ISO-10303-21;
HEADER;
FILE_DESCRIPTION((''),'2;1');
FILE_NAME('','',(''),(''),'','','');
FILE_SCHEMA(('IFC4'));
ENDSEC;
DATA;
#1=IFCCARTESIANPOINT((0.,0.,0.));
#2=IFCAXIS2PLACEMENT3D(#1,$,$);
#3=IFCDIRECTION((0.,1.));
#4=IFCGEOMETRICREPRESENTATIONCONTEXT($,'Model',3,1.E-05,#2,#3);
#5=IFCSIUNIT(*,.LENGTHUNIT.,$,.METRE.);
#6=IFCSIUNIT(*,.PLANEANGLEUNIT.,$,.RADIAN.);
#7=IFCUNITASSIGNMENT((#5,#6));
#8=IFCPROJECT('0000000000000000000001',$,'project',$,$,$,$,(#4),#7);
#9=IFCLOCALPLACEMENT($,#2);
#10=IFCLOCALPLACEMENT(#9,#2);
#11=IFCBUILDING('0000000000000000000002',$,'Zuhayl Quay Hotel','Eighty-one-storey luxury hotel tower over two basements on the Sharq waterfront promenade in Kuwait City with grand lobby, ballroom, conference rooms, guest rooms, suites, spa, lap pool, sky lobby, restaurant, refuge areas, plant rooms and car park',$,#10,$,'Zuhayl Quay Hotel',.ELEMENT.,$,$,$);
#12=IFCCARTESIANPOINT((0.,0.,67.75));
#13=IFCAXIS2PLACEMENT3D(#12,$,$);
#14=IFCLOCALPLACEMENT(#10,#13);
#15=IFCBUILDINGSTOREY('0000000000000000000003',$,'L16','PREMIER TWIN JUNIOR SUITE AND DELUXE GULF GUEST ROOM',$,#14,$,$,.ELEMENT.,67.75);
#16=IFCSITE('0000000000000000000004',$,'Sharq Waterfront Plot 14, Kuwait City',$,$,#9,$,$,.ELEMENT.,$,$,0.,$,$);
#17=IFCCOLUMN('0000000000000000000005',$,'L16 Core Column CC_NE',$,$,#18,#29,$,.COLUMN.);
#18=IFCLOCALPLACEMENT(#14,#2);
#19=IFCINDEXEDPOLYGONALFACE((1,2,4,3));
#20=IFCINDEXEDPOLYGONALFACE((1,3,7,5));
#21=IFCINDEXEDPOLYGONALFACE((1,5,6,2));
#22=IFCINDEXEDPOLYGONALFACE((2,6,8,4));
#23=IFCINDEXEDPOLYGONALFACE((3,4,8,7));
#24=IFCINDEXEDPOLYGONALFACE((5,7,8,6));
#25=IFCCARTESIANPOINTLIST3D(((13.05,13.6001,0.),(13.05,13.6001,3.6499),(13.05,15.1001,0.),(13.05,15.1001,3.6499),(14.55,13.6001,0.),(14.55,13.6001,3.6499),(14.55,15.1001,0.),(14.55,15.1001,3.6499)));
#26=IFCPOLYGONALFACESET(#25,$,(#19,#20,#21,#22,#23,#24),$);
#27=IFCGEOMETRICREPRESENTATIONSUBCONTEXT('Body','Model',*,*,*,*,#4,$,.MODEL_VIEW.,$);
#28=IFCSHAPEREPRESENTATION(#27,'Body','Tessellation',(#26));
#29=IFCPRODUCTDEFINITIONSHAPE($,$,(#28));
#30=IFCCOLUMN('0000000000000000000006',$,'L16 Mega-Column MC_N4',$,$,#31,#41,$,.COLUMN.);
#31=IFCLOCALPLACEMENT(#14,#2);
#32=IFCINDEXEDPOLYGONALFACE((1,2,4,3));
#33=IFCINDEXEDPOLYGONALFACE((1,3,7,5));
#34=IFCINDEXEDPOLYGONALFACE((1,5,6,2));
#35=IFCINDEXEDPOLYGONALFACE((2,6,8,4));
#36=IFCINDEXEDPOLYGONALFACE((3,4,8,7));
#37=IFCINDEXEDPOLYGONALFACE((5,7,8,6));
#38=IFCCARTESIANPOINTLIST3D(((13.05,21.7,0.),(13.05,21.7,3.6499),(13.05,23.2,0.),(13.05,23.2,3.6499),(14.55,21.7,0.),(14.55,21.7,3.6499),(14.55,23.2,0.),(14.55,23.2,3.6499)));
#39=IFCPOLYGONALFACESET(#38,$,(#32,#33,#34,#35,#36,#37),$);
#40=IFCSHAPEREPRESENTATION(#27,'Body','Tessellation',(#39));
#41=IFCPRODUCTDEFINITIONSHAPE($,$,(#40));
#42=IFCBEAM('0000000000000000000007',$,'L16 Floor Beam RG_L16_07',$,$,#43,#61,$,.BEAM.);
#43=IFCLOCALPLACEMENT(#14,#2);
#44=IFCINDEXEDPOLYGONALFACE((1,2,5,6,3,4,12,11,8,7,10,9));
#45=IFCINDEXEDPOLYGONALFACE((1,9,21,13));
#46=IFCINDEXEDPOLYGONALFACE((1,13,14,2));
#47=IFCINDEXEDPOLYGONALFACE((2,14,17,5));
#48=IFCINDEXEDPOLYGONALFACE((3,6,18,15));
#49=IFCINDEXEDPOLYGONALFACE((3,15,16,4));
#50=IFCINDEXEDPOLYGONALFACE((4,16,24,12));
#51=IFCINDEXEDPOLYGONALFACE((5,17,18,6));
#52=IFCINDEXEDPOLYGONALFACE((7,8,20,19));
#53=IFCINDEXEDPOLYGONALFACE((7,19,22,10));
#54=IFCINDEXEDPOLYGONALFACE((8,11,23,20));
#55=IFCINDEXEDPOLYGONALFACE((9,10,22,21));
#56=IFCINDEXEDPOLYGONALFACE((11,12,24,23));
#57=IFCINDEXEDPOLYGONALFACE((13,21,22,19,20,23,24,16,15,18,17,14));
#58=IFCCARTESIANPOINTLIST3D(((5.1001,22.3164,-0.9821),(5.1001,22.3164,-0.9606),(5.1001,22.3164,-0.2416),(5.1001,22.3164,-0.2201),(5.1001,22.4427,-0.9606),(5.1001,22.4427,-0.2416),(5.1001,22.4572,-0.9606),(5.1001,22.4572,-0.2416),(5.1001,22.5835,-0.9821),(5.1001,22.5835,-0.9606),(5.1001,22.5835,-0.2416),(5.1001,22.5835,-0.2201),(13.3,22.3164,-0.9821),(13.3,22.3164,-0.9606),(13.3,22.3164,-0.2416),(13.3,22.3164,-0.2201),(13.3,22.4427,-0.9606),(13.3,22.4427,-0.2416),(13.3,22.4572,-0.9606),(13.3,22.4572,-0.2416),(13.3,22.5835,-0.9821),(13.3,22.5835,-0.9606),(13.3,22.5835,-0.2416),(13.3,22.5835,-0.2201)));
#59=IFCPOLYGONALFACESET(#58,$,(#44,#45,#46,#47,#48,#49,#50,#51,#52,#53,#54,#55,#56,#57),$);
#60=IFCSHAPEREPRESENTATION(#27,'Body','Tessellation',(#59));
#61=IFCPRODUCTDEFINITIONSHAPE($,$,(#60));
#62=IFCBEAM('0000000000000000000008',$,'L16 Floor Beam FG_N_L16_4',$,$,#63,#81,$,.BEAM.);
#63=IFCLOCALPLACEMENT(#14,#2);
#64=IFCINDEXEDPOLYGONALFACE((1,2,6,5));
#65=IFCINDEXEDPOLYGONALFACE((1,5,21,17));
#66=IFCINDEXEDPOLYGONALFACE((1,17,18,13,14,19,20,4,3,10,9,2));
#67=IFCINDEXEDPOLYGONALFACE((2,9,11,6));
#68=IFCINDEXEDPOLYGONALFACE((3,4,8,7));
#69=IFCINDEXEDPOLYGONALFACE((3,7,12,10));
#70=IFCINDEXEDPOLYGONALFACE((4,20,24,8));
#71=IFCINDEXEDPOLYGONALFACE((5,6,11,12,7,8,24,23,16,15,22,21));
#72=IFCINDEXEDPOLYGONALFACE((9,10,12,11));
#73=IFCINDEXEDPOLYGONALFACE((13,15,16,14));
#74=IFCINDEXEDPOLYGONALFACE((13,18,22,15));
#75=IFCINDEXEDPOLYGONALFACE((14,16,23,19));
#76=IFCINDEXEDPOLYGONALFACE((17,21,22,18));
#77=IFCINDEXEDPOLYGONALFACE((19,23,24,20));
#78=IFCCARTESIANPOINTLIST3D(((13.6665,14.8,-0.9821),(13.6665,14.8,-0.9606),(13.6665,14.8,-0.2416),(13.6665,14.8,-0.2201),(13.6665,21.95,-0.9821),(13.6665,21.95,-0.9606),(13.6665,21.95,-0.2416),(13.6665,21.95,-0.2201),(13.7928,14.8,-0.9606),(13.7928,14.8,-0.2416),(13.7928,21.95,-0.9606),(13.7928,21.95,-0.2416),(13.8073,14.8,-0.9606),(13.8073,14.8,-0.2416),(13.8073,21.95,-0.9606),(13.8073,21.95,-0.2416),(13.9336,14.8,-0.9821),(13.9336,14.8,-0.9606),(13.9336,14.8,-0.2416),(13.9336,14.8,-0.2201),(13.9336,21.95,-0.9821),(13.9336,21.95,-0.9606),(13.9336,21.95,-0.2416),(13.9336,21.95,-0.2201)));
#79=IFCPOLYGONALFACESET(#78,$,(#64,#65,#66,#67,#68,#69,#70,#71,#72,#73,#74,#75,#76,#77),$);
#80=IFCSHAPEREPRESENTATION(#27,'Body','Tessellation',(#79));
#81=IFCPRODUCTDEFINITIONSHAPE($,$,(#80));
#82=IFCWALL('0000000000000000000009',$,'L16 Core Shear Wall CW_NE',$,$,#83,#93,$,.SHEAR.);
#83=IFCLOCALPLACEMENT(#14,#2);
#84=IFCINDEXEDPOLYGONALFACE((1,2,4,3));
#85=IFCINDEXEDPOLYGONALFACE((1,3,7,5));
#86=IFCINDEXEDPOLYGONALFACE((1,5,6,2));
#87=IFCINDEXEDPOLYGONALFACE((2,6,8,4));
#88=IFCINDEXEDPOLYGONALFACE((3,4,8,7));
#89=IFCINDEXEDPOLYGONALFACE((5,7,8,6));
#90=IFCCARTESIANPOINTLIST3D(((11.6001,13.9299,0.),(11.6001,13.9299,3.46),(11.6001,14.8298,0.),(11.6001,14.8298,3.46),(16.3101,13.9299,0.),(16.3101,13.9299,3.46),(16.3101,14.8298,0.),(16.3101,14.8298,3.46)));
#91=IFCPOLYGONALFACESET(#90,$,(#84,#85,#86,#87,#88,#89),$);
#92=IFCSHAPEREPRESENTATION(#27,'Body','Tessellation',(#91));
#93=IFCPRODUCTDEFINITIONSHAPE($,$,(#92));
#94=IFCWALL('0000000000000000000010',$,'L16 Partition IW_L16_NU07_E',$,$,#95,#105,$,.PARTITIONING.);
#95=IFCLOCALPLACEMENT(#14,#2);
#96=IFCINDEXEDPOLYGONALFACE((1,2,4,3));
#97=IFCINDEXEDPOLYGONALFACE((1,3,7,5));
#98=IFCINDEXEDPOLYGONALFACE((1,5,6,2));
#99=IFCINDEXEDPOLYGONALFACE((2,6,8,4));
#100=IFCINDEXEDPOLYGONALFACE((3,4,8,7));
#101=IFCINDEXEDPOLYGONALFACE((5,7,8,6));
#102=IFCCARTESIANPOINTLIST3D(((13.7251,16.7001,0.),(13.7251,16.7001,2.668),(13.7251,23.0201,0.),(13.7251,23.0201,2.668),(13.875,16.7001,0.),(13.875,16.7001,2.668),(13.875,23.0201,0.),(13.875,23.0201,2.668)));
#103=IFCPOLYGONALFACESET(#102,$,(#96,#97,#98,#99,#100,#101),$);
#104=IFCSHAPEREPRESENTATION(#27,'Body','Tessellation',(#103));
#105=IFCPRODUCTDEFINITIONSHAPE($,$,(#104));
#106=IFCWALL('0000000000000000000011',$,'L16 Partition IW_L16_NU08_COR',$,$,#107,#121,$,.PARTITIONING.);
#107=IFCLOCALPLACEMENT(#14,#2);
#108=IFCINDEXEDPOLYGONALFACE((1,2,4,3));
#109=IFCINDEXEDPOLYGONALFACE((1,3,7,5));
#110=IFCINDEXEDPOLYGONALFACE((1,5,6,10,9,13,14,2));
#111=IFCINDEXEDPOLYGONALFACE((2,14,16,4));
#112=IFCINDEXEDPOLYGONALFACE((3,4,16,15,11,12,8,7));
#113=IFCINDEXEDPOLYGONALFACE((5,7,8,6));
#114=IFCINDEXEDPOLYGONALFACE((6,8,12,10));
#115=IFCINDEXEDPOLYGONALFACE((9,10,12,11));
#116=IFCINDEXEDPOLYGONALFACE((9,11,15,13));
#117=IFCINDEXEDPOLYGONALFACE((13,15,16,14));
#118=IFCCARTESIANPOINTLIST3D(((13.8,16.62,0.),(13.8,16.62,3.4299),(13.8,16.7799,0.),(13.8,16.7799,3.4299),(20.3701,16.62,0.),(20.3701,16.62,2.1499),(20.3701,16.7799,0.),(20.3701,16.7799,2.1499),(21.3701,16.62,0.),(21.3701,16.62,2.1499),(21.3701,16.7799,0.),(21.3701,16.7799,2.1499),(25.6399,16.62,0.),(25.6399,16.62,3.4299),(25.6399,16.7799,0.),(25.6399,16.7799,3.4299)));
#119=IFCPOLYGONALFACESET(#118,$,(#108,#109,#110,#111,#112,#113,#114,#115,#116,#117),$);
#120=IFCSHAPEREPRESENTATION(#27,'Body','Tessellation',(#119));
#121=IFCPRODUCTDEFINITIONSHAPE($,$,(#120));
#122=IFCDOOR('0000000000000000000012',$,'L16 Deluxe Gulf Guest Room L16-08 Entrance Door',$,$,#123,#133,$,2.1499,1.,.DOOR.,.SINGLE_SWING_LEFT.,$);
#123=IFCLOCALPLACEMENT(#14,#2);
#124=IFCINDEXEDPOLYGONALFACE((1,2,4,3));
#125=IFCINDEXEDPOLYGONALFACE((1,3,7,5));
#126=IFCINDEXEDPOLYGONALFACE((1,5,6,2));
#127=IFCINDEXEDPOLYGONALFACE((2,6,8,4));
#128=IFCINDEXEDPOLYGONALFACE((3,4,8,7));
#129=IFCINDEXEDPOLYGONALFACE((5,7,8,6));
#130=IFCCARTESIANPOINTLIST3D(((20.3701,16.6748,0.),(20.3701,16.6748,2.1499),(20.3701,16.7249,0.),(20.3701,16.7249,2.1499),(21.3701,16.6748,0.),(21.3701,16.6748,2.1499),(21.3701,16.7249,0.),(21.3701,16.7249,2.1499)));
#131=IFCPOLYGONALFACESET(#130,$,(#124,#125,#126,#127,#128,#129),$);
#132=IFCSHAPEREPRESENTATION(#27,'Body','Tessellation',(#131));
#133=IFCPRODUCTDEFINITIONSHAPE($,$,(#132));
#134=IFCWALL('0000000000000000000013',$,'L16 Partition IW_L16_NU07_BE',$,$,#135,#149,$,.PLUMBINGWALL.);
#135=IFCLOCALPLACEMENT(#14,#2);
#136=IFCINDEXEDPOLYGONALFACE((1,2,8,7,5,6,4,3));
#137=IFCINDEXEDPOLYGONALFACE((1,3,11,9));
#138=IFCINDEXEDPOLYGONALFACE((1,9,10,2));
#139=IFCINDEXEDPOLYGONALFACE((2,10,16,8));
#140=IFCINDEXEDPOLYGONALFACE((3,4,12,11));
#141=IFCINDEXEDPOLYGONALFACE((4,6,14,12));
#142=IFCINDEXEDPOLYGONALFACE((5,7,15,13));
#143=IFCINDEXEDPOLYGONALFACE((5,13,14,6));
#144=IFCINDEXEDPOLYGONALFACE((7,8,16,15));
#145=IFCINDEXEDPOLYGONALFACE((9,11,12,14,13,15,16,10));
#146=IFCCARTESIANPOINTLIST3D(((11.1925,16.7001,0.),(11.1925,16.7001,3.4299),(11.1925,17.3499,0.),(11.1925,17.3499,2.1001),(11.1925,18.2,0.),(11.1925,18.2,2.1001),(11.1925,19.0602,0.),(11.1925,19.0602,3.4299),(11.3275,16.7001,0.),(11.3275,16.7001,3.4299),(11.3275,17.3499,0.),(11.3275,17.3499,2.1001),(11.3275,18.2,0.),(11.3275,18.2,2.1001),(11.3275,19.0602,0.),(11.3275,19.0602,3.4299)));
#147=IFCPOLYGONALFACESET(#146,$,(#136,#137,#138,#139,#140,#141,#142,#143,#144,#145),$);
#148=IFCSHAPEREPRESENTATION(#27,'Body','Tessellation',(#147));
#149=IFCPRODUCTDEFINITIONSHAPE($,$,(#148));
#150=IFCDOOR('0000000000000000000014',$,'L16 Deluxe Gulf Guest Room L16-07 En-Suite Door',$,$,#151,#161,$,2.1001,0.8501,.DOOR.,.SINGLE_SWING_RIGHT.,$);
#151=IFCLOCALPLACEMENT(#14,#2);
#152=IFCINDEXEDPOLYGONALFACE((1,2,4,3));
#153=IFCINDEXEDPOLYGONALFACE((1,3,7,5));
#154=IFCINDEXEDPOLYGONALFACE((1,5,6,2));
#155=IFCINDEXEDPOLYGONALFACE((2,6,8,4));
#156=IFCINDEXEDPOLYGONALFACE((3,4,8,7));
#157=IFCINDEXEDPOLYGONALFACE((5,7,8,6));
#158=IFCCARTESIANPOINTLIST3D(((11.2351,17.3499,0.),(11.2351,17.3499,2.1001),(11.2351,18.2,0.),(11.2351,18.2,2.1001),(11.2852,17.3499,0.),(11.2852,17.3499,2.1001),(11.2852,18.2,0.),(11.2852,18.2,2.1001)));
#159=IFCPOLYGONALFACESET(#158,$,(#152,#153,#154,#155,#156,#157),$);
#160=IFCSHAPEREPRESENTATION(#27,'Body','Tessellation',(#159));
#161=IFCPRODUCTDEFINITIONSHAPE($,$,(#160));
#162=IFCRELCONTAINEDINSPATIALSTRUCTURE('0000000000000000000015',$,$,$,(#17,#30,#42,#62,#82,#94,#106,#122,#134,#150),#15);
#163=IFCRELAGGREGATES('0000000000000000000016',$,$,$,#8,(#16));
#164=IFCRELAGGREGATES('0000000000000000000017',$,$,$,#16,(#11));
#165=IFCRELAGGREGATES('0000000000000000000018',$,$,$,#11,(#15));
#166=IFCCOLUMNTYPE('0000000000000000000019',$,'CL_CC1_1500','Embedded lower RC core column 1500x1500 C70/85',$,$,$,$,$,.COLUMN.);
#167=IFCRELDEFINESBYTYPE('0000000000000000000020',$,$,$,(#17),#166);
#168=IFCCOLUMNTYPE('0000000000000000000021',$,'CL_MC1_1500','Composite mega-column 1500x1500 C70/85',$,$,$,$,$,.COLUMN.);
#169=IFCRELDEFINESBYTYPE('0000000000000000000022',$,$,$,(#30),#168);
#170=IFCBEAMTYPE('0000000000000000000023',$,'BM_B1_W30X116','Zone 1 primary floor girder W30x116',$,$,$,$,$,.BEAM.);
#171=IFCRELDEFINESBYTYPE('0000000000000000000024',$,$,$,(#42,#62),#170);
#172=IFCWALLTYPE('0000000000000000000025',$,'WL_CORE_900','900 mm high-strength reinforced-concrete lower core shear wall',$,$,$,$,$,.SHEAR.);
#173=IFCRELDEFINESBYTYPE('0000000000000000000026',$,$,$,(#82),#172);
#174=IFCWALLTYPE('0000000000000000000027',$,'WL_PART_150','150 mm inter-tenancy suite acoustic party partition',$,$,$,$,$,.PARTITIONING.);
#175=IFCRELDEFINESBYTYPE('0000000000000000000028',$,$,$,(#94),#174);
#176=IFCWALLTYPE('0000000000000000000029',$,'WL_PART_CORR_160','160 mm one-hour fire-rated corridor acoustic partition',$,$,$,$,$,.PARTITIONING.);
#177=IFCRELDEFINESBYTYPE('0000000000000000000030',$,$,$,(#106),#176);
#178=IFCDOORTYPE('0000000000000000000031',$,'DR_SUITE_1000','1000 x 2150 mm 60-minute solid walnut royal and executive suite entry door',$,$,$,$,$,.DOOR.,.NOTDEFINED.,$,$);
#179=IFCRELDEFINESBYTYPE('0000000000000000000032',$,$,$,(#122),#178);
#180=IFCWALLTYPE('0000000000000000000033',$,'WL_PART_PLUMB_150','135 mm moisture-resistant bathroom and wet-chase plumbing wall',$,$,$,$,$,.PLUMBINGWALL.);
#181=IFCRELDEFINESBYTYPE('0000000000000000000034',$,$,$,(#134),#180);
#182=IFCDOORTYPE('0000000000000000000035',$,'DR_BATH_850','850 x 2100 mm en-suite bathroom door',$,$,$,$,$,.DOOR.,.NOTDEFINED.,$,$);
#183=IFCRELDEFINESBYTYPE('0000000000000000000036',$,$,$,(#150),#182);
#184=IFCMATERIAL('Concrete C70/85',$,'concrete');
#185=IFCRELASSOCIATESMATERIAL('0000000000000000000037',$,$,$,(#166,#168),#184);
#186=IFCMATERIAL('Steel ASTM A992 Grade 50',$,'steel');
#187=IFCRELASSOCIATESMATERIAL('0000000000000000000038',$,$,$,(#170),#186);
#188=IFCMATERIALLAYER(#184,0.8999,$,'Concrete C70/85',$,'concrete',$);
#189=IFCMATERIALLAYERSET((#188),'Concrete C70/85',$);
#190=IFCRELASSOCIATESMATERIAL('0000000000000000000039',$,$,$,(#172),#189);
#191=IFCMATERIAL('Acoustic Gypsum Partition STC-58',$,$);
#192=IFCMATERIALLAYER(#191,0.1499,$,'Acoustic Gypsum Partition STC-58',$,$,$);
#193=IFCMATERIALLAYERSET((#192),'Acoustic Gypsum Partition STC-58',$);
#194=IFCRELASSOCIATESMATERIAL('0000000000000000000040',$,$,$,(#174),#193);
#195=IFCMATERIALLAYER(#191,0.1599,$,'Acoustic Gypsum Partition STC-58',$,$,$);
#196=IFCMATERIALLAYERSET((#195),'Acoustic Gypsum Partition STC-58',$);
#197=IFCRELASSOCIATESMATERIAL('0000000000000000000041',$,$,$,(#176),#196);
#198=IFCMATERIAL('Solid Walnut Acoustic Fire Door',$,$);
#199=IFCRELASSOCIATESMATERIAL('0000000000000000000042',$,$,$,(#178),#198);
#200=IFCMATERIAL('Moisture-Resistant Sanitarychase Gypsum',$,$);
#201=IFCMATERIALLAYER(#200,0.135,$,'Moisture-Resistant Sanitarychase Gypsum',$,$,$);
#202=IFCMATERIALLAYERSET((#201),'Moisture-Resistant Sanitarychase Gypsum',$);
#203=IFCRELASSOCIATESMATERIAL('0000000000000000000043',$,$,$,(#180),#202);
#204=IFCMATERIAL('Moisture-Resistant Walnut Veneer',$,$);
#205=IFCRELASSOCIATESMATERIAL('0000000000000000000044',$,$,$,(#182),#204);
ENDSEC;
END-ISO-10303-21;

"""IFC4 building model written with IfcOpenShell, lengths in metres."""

from ifc_helpers import new_model, si_unit, direction, frame, frame_2d, origin, origin_2d, place, context, subcontext, project, spatial, rectangle, i_section, extrude, material, layer, layer_set, material_profile, profile_set, type_object, element, fill, save


model = new_model("IFC4")

# Units and contexts
model_context = context("Model", 3, precision=1e-05, world=origin(), true_north=direction((0.0, 1.0)))
body_context = subcontext(model_context, "Body", "Model", "MODEL_VIEW")
ifc_project = project(units=[si_unit("LENGTHUNIT", "METRE"), si_unit("PLANEANGLEUNIT", "RADIAN")], contexts=[model_context])

# Site, building, storey
site_placement = place(None, origin())
site = spatial("IfcSite", under=ifc_project, at=site_placement, Name="Sharq Waterfront Plot 14, Kuwait City", CompositionType="ELEMENT", RefElevation=0.0)
building_placement = place(site_placement, origin())
building = spatial("IfcBuilding", under=site, at=building_placement, Name="Zuhayl Quay Hotel", Description="Eighty-one-storey luxury hotel tower over two basements on the Sharq waterfront promenade in Kuwait City with grand lobby, ballroom, conference rooms, guest rooms, suites, spa, lap pool, sky lobby, restaurant, refuge areas, plant rooms and car park", LongName="Zuhayl Quay Hotel", CompositionType="ELEMENT")
storey_placement = place(building_placement, frame((0.0, 0.0, 67.75)))
storey = spatial("IfcBuildingStorey", under=building, at=storey_placement, Name="L16", Description="PREMIER TWIN JUNIOR SUITE AND DELUXE GULF GUEST ROOM", CompositionType="ELEMENT", Elevation=67.75)

# Columns
ifc_material_1 = material(Name="Concrete C70/85", Category="concrete")
ifc_material_profile_1 = material_profile(ifc_material_1, rectangle(XDim=1.5, YDim=1.5, at=origin_2d()), Name="RC1500X1500")
ifc_profile_set_1 = profile_set([ifc_material_profile_1], Name="Concrete C70/85")
column_type_1 = type_object("IfcColumnType", Name="CL_CC1_1500", Description="Embedded lower RC core column 1500x1500 C70/85", PredefinedType="COLUMN", material=ifc_profile_set_1)
column_1_placement = place(storey_placement, frame((13.8, 14.3501, 0.0), z_axis=(0.0, 0.0, 1.0), x_axis=(1.0, 0.0, 0.0)))
element("IfcColumn", 1, at=column_1_placement, inside=storey, type_object=column_type_1, Name="L16 Core Column CC_NE", PredefinedType="COLUMN", context=body_context, shape_type="SweptSolid", body=[
    extrude(rectangle(XDim=1.5, YDim=1.5, at=origin_2d()), origin(), (0.0, 0.0, 1.0), 3.6499),
])
ifc_material_profile_2 = material_profile(ifc_material_1, rectangle(XDim=1.5, YDim=1.5, at=origin_2d()), Name="RC1500X1500")
ifc_profile_set_2 = profile_set([ifc_material_profile_2], Name="Concrete C70/85")
column_type_2 = type_object("IfcColumnType", Name="CL_MC1_1500", Description="Composite mega-column 1500x1500 C70/85", PredefinedType="COLUMN", material=ifc_profile_set_2)
column_2_placement = place(storey_placement, frame((13.8, 22.45, 0.0), z_axis=(0.0, 0.0, 1.0), x_axis=(1.0, 0.0, 0.0)))
element("IfcColumn", 2, at=column_2_placement, inside=storey, type_object=column_type_2, Name="L16 Mega-Column MC_N4", PredefinedType="COLUMN", context=body_context, shape_type="SweptSolid", body=[
    extrude(rectangle(XDim=1.5, YDim=1.5, at=origin_2d()), origin(), (0.0, 0.0, 1.0), 3.6499),
])

# Beams
ifc_material_2 = material(Name="Steel ASTM A992 Grade 50", Category="steel")
ifc_material_profile_3 = material_profile(ifc_material_2, i_section(OverallWidth=0.2671, OverallDepth=0.762, WebThickness=0.0144, FlangeThickness=0.0215, at=origin_2d()), Name="W30X116")
ifc_profile_set_3 = profile_set([ifc_material_profile_3], Name="Steel ASTM A992 Grade 50")
beam_type = type_object("IfcBeamType", Name="BM_B1_W30X116", Description="Zone 1 primary floor girder W30x116", PredefinedType="BEAM", material=ifc_profile_set_3)
beam_1_placement = place(storey_placement, frame((13.3, 22.45, -0.6011), z_axis=(-1.0, 0.0, 0.0), x_axis=(0.0, -1.0, 0.0)))
element("IfcBeam", 3, at=beam_1_placement, inside=storey, type_object=beam_type, Name="L16 Floor Beam RG_L16_07", PredefinedType="BEAM", context=body_context, shape_type="SweptSolid", body=[
    extrude(i_section(OverallWidth=0.2671, OverallDepth=0.762, WebThickness=0.0144, FlangeThickness=0.0215, at=origin_2d()), origin(), (0.0, 0.0, 1.0), 8.2),
])
beam_2_placement = place(storey_placement, frame((13.8, 14.8, -0.6011), z_axis=(0.0, 1.0, 0.0), x_axis=(-1.0, 0.0, 0.0)))
element("IfcBeam", 4, at=beam_2_placement, inside=storey, type_object=beam_type, Name="L16 Floor Beam FG_N_L16_4", PredefinedType="BEAM", context=body_context, shape_type="SweptSolid", body=[
    extrude(i_section(OverallWidth=0.2671, OverallDepth=0.762, WebThickness=0.0144, FlangeThickness=0.0215, at=origin_2d()), origin(), (0.0, 0.0, 1.0), 7.1499),
])

# Walls
ifc_layer_1 = layer(ifc_material_1, 0.8999, Name="Concrete C70/85", Category="concrete")
ifc_layer_set_1 = layer_set([ifc_layer_1], Name="Concrete C70/85")
wall_type_1 = type_object("IfcWallType", Name="WL_CORE_900", Description="900 mm high-strength reinforced-concrete lower core shear wall", PredefinedType="SHEAR", material=ifc_layer_set_1)
wall_1_placement = place(storey_placement, frame((11.6001, 14.3799, 0.0), z_axis=(0.0, 0.0, 1.0), x_axis=(1.0, 0.0, 0.0)))
element("IfcWall", 5, at=wall_1_placement, inside=storey, type_object=wall_type_1, Name="L16 Core Shear Wall CW_NE", PredefinedType="SHEAR", context=body_context, shape_type="SweptSolid", body=[
    extrude(rectangle(XDim=4.71, YDim=0.8999, at=frame_2d((2.355, 0.0))), origin(), (0.0, 0.0, 1.0), 3.46),
])
ifc_material_3 = material(Name="Acoustic Gypsum Partition STC-58")
ifc_layer_2 = layer(ifc_material_3, 0.1499, Name="Acoustic Gypsum Partition STC-58")
ifc_layer_set_2 = layer_set([ifc_layer_2], Name="Acoustic Gypsum Partition STC-58")
wall_type_2 = type_object("IfcWallType", Name="WL_PART_150", Description="150 mm inter-tenancy suite acoustic party partition", PredefinedType="PARTITIONING", material=ifc_layer_set_2)
wall_2_placement = place(storey_placement, frame((13.8, 16.7, 0.0), z_axis=(0.0, 0.0, 1.0), x_axis=(0.0, 1.0, 0.0)))
element("IfcWall", 6, at=wall_2_placement, inside=storey, type_object=wall_type_2, Name="L16 Partition IW_L16_NU07_E", PredefinedType="PARTITIONING", context=body_context, shape_type="SweptSolid", body=[
    extrude(rectangle(XDim=6.3201, YDim=0.1499, at=frame_2d((3.1602, 0.0))), origin(), (0.0, 0.0, 1.0), 2.668),
])

# Walls, openings, doors
ifc_layer_3 = layer(ifc_material_3, 0.1599, Name="Acoustic Gypsum Partition STC-58")
ifc_layer_set_3 = layer_set([ifc_layer_3], Name="Acoustic Gypsum Partition STC-58")
wall_type_3 = type_object("IfcWallType", Name="WL_PART_CORR_160", Description="160 mm one-hour fire-rated corridor acoustic partition", PredefinedType="PARTITIONING", material=ifc_layer_set_3)
wall_3_placement = place(storey_placement, frame((13.8, 16.7, 0.0), z_axis=(0.0, 0.0, 1.0), x_axis=(1.0, 0.0, 0.0)))
wall_3 = element("IfcWall", 7, at=wall_3_placement, inside=storey, type_object=wall_type_3, Name="L16 Partition IW_L16_NU08_COR", PredefinedType="PARTITIONING", context=body_context, shape_type="SweptSolid", body=[
    extrude(rectangle(XDim=11.8398, YDim=0.1599, at=frame_2d((5.9199, 0.0))), origin(), (0.0, 0.0, 1.0), 3.4299),
])
opening_1_placement = place(wall_3_placement, frame((6.5701, 0.0, 0.0)))
opening_1 = element("IfcOpeningElement", 8, at=opening_1_placement, cuts=wall_3, PredefinedType="OPENING", context=body_context, shape_type="SweptSolid", body=[
    extrude(rectangle(XDim=1.0, YDim=2.1499, at=frame_2d((0.5, 1.075))), frame((0.0, 0.0898, 0.0), z_axis=(0.0, -1.0, 0.0), x_axis=(1.0, 0.0, 0.0)), (0.0, 0.0, 1.0), 0.1799),
])
ifc_material_4 = material(Name="Solid Walnut Acoustic Fire Door")
door_type_1 = type_object("IfcDoorType", Name="DR_SUITE_1000", Description="1000 x 2150 mm 60-minute solid walnut royal and executive suite entry door", OperationType="NOTDEFINED", PredefinedType="DOOR", material=ifc_material_4)
door_1_placement = place(opening_1_placement, origin())
door_1 = element("IfcDoor", 9, at=door_1_placement, inside=storey, type_object=door_type_1, Name="L16 Deluxe Gulf Guest Room L16-08 Entrance Door", OperationType="SINGLE_SWING_LEFT", OverallHeight=2.1499, OverallWidth=1.0, PredefinedType="DOOR", context=body_context, shape_type="SweptSolid", body=[
    extrude(rectangle(XDim=1.0, YDim=2.1499, at=frame_2d((0.5, 1.075))), frame((0.0, 0.0249, 0.0), z_axis=(0.0, -1.0, 0.0), x_axis=(1.0, 0.0, 0.0)), (0.0, 0.0, 1.0), 0.05),
])
fill(opening_1, door_1)
ifc_material_5 = material(Name="Moisture-Resistant Sanitarychase Gypsum")
ifc_layer_4 = layer(ifc_material_5, 0.135, Name="Moisture-Resistant Sanitarychase Gypsum")
ifc_layer_set_4 = layer_set([ifc_layer_4], Name="Moisture-Resistant Sanitarychase Gypsum")
wall_type_4 = type_object("IfcWallType", Name="WL_PART_PLUMB_150", Description="135 mm moisture-resistant bathroom and wet-chase plumbing wall", PredefinedType="PLUMBINGWALL", material=ifc_layer_set_4)
wall_4_placement = place(storey_placement, frame((11.26, 16.7, 0.0), z_axis=(0.0, 0.0, 1.0), x_axis=(0.0, 1.0, 0.0)))
wall_4 = element("IfcWall", 10, at=wall_4_placement, inside=storey, type_object=wall_type_4, Name="L16 Partition IW_L16_NU07_BE", PredefinedType="PLUMBINGWALL", context=body_context, shape_type="SweptSolid", body=[
    extrude(rectangle(XDim=2.3601, YDim=0.135, at=frame_2d((1.1802, 0.0))), origin(), (0.0, 0.0, 1.0), 3.4299),
])
opening_2_placement = place(wall_4_placement, frame((0.6499, 0.0, 0.0)))
opening_2 = element("IfcOpeningElement", 11, at=opening_2_placement, cuts=wall_4, PredefinedType="OPENING", context=body_context, shape_type="SweptSolid", body=[
    extrude(rectangle(XDim=0.8501, YDim=2.1001, at=frame_2d((0.425, 1.05))), frame((0.0, 0.0774, 0.0), z_axis=(0.0, -1.0, 0.0), x_axis=(1.0, 0.0, 0.0)), (0.0, 0.0, 1.0), 0.155),
])
ifc_material_6 = material(Name="Moisture-Resistant Walnut Veneer")
door_type_2 = type_object("IfcDoorType", Name="DR_BATH_850", Description="850 x 2100 mm en-suite bathroom door", OperationType="NOTDEFINED", PredefinedType="DOOR", material=ifc_material_6)
door_2_placement = place(opening_2_placement, origin())
door_2 = element("IfcDoor", 12, at=door_2_placement, inside=storey, type_object=door_type_2, Name="L16 Deluxe Gulf Guest Room L16-07 En-Suite Door", OperationType="SINGLE_SWING_RIGHT", OverallHeight=2.1001, OverallWidth=0.8501, PredefinedType="DOOR", context=body_context, shape_type="SweptSolid", body=[
    extrude(rectangle(XDim=0.8501, YDim=2.1001, at=frame_2d((0.425, 1.05))), frame((0.0, 0.0249, 0.0), z_axis=(0.0, -1.0, 0.0), x_axis=(1.0, 0.0, 0.0)), (0.0, 0.0, 1.0), 0.05),
])
fill(opening_2, door_2)

save(model, "model.ifc")
